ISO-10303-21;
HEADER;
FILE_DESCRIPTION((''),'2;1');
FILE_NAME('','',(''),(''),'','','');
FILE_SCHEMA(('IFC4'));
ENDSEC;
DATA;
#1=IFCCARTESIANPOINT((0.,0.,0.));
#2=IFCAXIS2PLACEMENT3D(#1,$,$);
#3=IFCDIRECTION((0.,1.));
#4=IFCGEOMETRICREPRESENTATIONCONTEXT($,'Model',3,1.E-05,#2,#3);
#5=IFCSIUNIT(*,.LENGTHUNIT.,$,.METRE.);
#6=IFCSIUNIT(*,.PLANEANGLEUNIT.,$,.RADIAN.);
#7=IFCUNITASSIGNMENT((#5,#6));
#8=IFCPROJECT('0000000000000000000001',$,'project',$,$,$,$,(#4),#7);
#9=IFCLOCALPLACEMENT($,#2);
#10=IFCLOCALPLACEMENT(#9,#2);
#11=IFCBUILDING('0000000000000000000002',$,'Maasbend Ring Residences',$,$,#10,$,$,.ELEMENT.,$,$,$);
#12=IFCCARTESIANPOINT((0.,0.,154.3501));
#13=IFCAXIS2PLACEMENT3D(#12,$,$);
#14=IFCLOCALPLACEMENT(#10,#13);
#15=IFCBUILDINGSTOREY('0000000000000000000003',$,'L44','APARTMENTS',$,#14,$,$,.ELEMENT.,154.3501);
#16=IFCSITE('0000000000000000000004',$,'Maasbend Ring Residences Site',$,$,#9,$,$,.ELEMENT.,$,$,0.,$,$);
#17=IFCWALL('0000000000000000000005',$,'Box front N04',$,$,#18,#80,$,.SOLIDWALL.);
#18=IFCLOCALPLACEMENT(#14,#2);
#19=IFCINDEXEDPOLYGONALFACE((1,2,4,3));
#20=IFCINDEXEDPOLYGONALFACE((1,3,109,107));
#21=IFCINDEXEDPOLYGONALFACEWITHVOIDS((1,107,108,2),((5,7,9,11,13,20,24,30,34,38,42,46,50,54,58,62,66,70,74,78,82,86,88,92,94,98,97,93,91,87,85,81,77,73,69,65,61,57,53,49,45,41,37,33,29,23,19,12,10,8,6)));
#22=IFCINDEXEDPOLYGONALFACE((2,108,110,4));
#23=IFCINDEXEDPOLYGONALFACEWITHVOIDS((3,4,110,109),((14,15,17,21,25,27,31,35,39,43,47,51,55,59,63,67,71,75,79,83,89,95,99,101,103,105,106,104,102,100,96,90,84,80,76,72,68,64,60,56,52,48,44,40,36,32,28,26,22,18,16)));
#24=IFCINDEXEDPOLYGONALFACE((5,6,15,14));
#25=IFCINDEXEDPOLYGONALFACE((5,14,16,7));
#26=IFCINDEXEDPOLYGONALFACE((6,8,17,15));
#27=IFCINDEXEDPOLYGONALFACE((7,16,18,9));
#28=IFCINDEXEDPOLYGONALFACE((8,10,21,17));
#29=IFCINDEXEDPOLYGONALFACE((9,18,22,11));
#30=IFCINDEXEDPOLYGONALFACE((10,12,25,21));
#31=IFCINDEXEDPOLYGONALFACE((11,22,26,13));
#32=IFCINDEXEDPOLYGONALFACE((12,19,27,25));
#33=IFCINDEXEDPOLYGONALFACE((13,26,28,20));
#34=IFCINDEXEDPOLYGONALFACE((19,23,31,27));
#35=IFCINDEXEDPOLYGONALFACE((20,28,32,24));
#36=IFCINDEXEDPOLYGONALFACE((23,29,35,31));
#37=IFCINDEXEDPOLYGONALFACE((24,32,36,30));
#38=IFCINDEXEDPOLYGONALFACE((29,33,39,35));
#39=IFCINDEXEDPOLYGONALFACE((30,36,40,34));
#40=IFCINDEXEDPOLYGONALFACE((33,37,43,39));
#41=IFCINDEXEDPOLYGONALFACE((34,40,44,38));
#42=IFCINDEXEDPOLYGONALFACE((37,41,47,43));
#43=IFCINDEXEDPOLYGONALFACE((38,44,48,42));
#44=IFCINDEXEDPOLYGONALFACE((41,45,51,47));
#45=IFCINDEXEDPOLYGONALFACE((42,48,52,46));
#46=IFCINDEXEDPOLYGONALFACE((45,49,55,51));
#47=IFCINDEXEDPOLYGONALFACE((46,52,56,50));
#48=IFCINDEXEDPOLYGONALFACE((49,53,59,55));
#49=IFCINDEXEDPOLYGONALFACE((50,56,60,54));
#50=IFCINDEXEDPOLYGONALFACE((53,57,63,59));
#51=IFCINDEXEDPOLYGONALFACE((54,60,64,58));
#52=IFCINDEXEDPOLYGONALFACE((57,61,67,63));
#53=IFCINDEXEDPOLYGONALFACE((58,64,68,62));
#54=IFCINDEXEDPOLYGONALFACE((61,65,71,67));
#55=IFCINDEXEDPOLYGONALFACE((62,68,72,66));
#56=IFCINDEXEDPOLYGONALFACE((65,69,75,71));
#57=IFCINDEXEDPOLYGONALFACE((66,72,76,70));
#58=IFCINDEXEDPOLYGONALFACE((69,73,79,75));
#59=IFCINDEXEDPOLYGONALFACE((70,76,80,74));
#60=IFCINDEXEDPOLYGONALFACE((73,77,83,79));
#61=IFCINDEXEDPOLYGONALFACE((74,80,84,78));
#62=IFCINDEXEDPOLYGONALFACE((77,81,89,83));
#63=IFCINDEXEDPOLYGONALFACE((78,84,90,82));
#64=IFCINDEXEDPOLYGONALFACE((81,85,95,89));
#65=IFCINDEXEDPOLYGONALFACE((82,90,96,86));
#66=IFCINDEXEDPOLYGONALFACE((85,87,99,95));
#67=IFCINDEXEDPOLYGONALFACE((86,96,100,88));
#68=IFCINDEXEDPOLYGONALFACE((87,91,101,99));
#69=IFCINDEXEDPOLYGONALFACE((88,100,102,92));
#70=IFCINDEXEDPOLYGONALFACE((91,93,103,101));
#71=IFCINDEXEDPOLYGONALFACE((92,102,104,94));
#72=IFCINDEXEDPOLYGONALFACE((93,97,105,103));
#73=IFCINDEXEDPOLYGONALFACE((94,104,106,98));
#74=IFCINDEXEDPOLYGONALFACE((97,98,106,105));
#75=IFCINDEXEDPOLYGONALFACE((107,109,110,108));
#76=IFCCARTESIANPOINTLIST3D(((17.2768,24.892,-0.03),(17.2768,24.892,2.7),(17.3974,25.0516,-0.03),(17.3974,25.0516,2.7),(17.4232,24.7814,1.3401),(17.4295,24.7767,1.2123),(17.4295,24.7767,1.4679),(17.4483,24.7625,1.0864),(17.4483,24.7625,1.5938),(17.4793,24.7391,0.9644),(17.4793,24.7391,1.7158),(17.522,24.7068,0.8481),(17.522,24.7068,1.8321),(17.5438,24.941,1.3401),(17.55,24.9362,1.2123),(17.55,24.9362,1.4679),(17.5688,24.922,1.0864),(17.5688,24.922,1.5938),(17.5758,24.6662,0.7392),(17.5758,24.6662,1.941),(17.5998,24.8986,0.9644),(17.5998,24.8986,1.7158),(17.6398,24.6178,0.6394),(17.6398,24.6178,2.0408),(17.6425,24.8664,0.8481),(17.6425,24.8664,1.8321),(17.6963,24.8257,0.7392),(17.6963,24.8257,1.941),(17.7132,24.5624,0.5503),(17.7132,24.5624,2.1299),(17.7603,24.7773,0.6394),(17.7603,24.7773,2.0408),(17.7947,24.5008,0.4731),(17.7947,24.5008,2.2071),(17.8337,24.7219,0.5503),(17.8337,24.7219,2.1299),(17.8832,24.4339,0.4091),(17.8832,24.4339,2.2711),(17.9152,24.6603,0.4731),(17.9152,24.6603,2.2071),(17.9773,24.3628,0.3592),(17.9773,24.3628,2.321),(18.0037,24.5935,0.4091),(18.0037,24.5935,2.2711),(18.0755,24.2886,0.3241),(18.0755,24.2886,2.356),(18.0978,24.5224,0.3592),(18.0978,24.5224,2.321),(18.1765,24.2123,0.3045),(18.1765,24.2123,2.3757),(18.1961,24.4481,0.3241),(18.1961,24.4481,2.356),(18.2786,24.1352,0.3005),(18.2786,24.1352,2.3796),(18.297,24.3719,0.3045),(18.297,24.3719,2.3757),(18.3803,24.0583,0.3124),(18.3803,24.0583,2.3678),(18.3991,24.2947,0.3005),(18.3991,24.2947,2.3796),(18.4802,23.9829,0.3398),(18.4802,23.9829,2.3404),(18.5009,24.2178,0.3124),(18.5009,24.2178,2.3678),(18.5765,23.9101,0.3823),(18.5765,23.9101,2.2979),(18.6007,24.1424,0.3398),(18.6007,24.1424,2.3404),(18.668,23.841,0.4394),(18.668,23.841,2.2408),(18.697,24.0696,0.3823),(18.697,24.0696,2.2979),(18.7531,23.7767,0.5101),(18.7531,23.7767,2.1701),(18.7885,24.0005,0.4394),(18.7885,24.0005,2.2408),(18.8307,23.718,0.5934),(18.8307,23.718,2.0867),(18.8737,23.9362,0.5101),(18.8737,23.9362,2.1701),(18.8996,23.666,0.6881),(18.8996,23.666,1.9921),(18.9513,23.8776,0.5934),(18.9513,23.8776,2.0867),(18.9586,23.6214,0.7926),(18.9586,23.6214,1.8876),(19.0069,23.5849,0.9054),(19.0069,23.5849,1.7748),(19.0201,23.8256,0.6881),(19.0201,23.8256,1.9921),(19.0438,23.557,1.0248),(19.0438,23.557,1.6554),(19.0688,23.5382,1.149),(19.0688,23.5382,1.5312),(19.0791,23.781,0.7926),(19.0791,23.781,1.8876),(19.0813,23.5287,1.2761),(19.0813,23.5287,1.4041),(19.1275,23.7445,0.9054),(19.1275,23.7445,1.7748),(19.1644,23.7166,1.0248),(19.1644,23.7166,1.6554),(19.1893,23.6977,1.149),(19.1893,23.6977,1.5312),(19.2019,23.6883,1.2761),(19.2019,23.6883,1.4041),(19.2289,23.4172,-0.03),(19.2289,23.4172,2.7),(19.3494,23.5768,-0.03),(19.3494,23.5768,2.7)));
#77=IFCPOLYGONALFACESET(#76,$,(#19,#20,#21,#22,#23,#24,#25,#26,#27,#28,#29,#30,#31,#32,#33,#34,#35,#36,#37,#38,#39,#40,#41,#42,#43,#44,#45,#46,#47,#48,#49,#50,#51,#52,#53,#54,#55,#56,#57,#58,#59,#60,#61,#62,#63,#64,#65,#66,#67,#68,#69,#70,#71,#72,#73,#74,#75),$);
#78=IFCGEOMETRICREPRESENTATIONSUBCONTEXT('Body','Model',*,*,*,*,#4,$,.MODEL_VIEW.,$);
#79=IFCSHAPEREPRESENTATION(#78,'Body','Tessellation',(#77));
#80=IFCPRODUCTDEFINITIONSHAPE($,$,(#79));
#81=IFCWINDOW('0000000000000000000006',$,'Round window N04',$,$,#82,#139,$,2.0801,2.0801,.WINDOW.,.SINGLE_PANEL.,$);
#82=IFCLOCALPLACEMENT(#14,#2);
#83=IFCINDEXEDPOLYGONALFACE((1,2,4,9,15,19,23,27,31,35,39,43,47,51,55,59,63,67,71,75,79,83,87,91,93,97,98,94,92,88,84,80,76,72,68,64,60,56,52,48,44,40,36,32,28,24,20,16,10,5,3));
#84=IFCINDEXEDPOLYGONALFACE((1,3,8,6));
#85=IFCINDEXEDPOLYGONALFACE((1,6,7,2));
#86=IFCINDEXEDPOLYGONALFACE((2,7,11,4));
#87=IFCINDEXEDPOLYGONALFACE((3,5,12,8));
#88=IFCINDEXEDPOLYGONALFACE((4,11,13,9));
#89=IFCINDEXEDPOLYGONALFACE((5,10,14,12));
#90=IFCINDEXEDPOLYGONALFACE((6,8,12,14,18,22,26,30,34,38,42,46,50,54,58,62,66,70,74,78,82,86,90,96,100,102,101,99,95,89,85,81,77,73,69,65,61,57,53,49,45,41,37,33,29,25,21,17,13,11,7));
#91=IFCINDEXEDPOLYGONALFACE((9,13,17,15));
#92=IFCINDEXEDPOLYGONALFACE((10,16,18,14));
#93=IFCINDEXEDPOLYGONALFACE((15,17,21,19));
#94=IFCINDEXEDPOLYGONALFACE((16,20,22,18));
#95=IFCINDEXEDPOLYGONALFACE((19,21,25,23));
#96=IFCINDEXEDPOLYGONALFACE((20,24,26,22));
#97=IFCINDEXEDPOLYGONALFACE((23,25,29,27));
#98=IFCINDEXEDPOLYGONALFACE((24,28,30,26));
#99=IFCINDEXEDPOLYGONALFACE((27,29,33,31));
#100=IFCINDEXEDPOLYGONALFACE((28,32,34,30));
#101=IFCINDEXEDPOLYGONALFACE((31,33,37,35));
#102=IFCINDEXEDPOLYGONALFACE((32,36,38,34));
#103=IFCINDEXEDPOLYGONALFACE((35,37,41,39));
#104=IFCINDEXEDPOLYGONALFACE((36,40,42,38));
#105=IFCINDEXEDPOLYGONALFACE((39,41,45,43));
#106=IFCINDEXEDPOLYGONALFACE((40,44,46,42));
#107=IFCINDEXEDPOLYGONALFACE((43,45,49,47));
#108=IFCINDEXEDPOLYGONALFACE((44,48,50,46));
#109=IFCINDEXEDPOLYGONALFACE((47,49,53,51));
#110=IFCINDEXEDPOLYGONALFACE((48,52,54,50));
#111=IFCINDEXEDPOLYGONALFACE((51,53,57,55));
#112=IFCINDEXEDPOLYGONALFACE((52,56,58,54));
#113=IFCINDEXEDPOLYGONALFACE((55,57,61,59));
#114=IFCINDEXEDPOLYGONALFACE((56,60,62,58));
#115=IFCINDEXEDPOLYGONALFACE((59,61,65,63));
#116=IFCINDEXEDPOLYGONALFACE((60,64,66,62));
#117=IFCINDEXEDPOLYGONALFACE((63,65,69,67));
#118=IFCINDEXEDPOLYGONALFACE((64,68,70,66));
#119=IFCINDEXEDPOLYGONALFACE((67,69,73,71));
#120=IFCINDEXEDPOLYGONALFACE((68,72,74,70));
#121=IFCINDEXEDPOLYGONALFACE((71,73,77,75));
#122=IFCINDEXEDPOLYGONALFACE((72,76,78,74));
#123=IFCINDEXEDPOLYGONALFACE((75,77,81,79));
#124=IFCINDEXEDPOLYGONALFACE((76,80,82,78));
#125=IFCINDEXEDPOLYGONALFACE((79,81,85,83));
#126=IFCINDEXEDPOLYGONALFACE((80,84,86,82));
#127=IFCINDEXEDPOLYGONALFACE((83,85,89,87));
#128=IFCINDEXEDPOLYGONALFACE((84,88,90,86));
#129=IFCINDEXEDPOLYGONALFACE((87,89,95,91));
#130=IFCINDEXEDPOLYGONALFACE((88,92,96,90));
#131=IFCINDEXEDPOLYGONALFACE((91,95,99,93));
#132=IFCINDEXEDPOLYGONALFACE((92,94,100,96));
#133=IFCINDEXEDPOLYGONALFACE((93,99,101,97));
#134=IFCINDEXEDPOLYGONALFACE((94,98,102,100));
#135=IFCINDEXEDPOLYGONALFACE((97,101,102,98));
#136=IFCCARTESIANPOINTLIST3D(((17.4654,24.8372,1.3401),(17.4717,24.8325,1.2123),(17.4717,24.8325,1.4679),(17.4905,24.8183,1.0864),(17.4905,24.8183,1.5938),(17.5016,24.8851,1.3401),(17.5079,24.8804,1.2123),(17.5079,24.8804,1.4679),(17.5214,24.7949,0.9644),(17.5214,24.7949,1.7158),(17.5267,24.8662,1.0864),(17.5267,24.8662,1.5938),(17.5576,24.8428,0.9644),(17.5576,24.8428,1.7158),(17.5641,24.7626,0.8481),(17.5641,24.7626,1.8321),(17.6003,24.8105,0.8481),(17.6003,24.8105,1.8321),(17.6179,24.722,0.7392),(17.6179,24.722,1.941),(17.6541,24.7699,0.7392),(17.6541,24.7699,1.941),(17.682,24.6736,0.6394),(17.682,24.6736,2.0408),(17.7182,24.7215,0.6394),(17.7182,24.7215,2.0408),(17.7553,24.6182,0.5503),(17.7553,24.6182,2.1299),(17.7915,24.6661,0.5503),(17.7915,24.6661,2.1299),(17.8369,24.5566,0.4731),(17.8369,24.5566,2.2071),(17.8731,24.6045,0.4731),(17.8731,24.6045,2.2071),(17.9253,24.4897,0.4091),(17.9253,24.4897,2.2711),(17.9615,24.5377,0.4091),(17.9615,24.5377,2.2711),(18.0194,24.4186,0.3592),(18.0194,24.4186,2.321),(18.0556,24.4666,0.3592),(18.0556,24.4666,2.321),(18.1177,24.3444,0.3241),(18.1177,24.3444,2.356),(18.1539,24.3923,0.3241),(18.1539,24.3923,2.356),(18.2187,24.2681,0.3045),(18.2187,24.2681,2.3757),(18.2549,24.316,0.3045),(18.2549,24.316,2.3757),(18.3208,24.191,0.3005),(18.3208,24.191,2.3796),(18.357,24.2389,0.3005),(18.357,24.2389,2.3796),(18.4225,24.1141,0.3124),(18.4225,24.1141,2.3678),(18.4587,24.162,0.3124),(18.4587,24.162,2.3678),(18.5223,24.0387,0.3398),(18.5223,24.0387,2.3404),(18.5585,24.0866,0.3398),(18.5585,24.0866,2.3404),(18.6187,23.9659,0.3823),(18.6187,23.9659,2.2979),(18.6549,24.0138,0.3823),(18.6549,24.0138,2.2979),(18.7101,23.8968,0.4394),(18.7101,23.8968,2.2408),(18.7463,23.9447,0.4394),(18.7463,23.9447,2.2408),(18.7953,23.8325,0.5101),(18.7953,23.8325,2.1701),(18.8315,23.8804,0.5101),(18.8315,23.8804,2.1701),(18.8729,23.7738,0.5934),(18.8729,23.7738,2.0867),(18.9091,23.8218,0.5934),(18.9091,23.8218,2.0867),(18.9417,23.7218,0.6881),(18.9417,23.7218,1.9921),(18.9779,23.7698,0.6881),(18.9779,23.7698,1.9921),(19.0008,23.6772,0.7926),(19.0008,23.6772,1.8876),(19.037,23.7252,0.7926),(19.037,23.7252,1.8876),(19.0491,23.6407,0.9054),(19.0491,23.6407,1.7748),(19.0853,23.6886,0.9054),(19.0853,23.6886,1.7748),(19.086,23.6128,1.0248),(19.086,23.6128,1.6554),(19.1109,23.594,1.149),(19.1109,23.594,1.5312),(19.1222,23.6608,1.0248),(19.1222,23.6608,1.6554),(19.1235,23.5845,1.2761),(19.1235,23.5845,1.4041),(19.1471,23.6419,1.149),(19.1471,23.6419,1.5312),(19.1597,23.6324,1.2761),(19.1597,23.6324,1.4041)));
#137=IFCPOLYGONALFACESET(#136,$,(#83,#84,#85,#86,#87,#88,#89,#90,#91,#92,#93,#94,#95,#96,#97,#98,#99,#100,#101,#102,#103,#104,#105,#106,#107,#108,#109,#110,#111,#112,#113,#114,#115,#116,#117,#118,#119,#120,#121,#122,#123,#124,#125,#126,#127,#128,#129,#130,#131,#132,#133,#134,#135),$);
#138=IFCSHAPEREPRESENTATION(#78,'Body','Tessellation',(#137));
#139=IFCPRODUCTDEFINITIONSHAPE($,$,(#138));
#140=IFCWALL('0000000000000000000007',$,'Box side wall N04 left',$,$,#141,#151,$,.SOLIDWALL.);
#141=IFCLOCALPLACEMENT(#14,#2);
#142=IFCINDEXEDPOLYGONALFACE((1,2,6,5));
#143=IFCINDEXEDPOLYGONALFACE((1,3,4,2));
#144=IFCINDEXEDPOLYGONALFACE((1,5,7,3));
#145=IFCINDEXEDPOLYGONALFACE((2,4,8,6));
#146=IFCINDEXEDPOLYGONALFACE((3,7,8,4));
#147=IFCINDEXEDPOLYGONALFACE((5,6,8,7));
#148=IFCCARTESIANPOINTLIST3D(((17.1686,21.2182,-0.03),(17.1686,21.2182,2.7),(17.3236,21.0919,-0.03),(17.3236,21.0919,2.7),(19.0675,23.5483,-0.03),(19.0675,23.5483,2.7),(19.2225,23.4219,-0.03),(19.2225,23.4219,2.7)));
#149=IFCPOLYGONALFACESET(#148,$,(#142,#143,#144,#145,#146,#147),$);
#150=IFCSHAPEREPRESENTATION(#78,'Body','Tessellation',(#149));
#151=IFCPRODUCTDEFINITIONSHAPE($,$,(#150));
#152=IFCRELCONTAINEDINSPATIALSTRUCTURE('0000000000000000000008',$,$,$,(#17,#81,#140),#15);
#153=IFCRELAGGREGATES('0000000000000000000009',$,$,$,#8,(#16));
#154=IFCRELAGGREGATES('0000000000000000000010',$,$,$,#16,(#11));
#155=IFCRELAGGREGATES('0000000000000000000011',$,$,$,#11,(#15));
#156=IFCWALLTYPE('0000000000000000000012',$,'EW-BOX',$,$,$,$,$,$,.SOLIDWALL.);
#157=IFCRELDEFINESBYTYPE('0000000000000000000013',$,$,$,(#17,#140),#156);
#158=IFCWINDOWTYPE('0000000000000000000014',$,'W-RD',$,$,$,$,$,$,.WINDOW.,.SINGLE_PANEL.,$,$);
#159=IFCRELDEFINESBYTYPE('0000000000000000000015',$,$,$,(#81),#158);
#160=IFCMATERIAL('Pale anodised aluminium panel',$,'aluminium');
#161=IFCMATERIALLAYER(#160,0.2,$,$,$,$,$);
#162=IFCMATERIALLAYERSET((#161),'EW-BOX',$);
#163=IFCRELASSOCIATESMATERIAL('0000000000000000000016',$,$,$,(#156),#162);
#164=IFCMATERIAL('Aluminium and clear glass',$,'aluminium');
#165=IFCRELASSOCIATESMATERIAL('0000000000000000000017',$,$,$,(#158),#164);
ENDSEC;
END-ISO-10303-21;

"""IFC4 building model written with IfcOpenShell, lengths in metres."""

from ifc_helpers import new_model, si_unit, direction, frame, frame_2d, origin, place, context, subcontext, project, spatial, rectangle, circle, extrude, material, layer, layer_set, type_object, element, fill, save


model = new_model("IFC4")

# Units and contexts
model_context = context("Model", 3, precision=1e-05, world=origin(), true_north=direction((0.0, 1.0)))
body_context = subcontext(model_context, "Body", "Model", "MODEL_VIEW")
ifc_project = project(units=[si_unit("LENGTHUNIT", "METRE"), si_unit("PLANEANGLEUNIT", "RADIAN")], contexts=[model_context])

# Site, building, storey
site_placement = place(None, origin())
site = spatial("IfcSite", under=ifc_project, at=site_placement, Name="Maasbend Ring Residences Site", CompositionType="ELEMENT", RefElevation=0.0)
building_placement = place(site_placement, origin())
building = spatial("IfcBuilding", under=site, at=building_placement, Name="Maasbend Ring Residences", CompositionType="ELEMENT")
storey_placement = place(building_placement, frame((0.0, 0.0, 154.3501)))
storey = spatial("IfcBuildingStorey", under=building, at=storey_placement, Name="L44", Description="APARTMENTS", CompositionType="ELEMENT", Elevation=154.3501)

# Shared definitions
ifc_material_1 = material(Name="Pale anodised aluminium panel", Category="aluminium")
ifc_layer_1 = layer(ifc_material_1, 0.2)
ifc_layer_set_1 = layer_set([ifc_layer_1], Name="EW-BOX")
wall_type_1 = type_object("IfcWallType", Name="EW-BOX", PredefinedType="SOLIDWALL", material=ifc_layer_set_1)
ifc_material_2 = material(Name="Aluminium and clear glass", Category="aluminium")
window_type_1 = type_object("IfcWindowType", Name="W-RD", PartitioningType="SINGLE_PANEL", PredefinedType="WINDOW", material=ifc_material_2)

# Wall, opening, window
wall_1_placement = place(storey_placement, frame((19.2891, 23.4971, -0.03), z_axis=(0.0, 0.0, 1.0), x_axis=(-0.797888, 0.602806, 0.0)))
wall_1 = element("IfcWall", 1, at=wall_1_placement, inside=storey, type_object=wall_type_1, Name="Box front N04", PredefinedType="SOLIDWALL", context=body_context, shape_type="SweptSolid", body=[
    extrude(rectangle(XDim=2.4465, YDim=0.2, at=frame_2d((1.2231, 0.0))), origin(), (0.0, 0.0, 1.0), 2.73),
])
opening_1_placement = place(wall_1_placement, frame((0.1829, 0.0, 0.3301)))
opening_1 = element("IfcOpeningElement", 2, at=opening_1_placement, cuts=wall_1, PredefinedType="OPENING", context=body_context, shape_type="SweptSolid", body=[
    extrude(circle(Radius=1.04, at=frame_2d((1.04, 1.04))), frame((0.0, 0.1099, 0.0), z_axis=(0.0, -1.0, 0.0), x_axis=(1.0, 0.0, 0.0)), (0.0, 0.0, 1.0), 0.22),
])
window_1_placement = place(opening_1_placement, origin())
window_1 = element("IfcWindow", 3, at=window_1_placement, inside=storey, type_object=window_type_1, Name="Round window N04", OverallHeight=2.0801, OverallWidth=2.0801, PartitioningType="SINGLE_PANEL", PredefinedType="WINDOW", context=body_context, shape_type="SweptSolid", body=[
    extrude(circle(Radius=1.04, at=frame_2d((1.04, 1.04))), frame((0.0, 0.03, 0.0), z_axis=(0.0, -1.0, 0.0), x_axis=(1.0, 0.0, 0.0)), (0.0, 0.0, 1.0), 0.0601),
])
fill(opening_1, window_1)

# Wall
wall_2_placement = place(storey_placement, frame((17.2461, 21.155, -0.03), z_axis=(0.0, 0.0, 1.0), x_axis=(0.631742, 0.775179, 0.0)))
element("IfcWall", 4, at=wall_2_placement, inside=storey, type_object=wall_type_1, Name="Box side wall N04 left", PredefinedType="SOLIDWALL", context=body_context, shape_type="SweptSolid", body=[
    extrude(rectangle(XDim=3.0059, YDim=0.2, at=frame_2d((1.5029, 0.0))), origin(), (0.0, 0.0, 1.0), 2.73),
])

save(model, "model.ifc")
